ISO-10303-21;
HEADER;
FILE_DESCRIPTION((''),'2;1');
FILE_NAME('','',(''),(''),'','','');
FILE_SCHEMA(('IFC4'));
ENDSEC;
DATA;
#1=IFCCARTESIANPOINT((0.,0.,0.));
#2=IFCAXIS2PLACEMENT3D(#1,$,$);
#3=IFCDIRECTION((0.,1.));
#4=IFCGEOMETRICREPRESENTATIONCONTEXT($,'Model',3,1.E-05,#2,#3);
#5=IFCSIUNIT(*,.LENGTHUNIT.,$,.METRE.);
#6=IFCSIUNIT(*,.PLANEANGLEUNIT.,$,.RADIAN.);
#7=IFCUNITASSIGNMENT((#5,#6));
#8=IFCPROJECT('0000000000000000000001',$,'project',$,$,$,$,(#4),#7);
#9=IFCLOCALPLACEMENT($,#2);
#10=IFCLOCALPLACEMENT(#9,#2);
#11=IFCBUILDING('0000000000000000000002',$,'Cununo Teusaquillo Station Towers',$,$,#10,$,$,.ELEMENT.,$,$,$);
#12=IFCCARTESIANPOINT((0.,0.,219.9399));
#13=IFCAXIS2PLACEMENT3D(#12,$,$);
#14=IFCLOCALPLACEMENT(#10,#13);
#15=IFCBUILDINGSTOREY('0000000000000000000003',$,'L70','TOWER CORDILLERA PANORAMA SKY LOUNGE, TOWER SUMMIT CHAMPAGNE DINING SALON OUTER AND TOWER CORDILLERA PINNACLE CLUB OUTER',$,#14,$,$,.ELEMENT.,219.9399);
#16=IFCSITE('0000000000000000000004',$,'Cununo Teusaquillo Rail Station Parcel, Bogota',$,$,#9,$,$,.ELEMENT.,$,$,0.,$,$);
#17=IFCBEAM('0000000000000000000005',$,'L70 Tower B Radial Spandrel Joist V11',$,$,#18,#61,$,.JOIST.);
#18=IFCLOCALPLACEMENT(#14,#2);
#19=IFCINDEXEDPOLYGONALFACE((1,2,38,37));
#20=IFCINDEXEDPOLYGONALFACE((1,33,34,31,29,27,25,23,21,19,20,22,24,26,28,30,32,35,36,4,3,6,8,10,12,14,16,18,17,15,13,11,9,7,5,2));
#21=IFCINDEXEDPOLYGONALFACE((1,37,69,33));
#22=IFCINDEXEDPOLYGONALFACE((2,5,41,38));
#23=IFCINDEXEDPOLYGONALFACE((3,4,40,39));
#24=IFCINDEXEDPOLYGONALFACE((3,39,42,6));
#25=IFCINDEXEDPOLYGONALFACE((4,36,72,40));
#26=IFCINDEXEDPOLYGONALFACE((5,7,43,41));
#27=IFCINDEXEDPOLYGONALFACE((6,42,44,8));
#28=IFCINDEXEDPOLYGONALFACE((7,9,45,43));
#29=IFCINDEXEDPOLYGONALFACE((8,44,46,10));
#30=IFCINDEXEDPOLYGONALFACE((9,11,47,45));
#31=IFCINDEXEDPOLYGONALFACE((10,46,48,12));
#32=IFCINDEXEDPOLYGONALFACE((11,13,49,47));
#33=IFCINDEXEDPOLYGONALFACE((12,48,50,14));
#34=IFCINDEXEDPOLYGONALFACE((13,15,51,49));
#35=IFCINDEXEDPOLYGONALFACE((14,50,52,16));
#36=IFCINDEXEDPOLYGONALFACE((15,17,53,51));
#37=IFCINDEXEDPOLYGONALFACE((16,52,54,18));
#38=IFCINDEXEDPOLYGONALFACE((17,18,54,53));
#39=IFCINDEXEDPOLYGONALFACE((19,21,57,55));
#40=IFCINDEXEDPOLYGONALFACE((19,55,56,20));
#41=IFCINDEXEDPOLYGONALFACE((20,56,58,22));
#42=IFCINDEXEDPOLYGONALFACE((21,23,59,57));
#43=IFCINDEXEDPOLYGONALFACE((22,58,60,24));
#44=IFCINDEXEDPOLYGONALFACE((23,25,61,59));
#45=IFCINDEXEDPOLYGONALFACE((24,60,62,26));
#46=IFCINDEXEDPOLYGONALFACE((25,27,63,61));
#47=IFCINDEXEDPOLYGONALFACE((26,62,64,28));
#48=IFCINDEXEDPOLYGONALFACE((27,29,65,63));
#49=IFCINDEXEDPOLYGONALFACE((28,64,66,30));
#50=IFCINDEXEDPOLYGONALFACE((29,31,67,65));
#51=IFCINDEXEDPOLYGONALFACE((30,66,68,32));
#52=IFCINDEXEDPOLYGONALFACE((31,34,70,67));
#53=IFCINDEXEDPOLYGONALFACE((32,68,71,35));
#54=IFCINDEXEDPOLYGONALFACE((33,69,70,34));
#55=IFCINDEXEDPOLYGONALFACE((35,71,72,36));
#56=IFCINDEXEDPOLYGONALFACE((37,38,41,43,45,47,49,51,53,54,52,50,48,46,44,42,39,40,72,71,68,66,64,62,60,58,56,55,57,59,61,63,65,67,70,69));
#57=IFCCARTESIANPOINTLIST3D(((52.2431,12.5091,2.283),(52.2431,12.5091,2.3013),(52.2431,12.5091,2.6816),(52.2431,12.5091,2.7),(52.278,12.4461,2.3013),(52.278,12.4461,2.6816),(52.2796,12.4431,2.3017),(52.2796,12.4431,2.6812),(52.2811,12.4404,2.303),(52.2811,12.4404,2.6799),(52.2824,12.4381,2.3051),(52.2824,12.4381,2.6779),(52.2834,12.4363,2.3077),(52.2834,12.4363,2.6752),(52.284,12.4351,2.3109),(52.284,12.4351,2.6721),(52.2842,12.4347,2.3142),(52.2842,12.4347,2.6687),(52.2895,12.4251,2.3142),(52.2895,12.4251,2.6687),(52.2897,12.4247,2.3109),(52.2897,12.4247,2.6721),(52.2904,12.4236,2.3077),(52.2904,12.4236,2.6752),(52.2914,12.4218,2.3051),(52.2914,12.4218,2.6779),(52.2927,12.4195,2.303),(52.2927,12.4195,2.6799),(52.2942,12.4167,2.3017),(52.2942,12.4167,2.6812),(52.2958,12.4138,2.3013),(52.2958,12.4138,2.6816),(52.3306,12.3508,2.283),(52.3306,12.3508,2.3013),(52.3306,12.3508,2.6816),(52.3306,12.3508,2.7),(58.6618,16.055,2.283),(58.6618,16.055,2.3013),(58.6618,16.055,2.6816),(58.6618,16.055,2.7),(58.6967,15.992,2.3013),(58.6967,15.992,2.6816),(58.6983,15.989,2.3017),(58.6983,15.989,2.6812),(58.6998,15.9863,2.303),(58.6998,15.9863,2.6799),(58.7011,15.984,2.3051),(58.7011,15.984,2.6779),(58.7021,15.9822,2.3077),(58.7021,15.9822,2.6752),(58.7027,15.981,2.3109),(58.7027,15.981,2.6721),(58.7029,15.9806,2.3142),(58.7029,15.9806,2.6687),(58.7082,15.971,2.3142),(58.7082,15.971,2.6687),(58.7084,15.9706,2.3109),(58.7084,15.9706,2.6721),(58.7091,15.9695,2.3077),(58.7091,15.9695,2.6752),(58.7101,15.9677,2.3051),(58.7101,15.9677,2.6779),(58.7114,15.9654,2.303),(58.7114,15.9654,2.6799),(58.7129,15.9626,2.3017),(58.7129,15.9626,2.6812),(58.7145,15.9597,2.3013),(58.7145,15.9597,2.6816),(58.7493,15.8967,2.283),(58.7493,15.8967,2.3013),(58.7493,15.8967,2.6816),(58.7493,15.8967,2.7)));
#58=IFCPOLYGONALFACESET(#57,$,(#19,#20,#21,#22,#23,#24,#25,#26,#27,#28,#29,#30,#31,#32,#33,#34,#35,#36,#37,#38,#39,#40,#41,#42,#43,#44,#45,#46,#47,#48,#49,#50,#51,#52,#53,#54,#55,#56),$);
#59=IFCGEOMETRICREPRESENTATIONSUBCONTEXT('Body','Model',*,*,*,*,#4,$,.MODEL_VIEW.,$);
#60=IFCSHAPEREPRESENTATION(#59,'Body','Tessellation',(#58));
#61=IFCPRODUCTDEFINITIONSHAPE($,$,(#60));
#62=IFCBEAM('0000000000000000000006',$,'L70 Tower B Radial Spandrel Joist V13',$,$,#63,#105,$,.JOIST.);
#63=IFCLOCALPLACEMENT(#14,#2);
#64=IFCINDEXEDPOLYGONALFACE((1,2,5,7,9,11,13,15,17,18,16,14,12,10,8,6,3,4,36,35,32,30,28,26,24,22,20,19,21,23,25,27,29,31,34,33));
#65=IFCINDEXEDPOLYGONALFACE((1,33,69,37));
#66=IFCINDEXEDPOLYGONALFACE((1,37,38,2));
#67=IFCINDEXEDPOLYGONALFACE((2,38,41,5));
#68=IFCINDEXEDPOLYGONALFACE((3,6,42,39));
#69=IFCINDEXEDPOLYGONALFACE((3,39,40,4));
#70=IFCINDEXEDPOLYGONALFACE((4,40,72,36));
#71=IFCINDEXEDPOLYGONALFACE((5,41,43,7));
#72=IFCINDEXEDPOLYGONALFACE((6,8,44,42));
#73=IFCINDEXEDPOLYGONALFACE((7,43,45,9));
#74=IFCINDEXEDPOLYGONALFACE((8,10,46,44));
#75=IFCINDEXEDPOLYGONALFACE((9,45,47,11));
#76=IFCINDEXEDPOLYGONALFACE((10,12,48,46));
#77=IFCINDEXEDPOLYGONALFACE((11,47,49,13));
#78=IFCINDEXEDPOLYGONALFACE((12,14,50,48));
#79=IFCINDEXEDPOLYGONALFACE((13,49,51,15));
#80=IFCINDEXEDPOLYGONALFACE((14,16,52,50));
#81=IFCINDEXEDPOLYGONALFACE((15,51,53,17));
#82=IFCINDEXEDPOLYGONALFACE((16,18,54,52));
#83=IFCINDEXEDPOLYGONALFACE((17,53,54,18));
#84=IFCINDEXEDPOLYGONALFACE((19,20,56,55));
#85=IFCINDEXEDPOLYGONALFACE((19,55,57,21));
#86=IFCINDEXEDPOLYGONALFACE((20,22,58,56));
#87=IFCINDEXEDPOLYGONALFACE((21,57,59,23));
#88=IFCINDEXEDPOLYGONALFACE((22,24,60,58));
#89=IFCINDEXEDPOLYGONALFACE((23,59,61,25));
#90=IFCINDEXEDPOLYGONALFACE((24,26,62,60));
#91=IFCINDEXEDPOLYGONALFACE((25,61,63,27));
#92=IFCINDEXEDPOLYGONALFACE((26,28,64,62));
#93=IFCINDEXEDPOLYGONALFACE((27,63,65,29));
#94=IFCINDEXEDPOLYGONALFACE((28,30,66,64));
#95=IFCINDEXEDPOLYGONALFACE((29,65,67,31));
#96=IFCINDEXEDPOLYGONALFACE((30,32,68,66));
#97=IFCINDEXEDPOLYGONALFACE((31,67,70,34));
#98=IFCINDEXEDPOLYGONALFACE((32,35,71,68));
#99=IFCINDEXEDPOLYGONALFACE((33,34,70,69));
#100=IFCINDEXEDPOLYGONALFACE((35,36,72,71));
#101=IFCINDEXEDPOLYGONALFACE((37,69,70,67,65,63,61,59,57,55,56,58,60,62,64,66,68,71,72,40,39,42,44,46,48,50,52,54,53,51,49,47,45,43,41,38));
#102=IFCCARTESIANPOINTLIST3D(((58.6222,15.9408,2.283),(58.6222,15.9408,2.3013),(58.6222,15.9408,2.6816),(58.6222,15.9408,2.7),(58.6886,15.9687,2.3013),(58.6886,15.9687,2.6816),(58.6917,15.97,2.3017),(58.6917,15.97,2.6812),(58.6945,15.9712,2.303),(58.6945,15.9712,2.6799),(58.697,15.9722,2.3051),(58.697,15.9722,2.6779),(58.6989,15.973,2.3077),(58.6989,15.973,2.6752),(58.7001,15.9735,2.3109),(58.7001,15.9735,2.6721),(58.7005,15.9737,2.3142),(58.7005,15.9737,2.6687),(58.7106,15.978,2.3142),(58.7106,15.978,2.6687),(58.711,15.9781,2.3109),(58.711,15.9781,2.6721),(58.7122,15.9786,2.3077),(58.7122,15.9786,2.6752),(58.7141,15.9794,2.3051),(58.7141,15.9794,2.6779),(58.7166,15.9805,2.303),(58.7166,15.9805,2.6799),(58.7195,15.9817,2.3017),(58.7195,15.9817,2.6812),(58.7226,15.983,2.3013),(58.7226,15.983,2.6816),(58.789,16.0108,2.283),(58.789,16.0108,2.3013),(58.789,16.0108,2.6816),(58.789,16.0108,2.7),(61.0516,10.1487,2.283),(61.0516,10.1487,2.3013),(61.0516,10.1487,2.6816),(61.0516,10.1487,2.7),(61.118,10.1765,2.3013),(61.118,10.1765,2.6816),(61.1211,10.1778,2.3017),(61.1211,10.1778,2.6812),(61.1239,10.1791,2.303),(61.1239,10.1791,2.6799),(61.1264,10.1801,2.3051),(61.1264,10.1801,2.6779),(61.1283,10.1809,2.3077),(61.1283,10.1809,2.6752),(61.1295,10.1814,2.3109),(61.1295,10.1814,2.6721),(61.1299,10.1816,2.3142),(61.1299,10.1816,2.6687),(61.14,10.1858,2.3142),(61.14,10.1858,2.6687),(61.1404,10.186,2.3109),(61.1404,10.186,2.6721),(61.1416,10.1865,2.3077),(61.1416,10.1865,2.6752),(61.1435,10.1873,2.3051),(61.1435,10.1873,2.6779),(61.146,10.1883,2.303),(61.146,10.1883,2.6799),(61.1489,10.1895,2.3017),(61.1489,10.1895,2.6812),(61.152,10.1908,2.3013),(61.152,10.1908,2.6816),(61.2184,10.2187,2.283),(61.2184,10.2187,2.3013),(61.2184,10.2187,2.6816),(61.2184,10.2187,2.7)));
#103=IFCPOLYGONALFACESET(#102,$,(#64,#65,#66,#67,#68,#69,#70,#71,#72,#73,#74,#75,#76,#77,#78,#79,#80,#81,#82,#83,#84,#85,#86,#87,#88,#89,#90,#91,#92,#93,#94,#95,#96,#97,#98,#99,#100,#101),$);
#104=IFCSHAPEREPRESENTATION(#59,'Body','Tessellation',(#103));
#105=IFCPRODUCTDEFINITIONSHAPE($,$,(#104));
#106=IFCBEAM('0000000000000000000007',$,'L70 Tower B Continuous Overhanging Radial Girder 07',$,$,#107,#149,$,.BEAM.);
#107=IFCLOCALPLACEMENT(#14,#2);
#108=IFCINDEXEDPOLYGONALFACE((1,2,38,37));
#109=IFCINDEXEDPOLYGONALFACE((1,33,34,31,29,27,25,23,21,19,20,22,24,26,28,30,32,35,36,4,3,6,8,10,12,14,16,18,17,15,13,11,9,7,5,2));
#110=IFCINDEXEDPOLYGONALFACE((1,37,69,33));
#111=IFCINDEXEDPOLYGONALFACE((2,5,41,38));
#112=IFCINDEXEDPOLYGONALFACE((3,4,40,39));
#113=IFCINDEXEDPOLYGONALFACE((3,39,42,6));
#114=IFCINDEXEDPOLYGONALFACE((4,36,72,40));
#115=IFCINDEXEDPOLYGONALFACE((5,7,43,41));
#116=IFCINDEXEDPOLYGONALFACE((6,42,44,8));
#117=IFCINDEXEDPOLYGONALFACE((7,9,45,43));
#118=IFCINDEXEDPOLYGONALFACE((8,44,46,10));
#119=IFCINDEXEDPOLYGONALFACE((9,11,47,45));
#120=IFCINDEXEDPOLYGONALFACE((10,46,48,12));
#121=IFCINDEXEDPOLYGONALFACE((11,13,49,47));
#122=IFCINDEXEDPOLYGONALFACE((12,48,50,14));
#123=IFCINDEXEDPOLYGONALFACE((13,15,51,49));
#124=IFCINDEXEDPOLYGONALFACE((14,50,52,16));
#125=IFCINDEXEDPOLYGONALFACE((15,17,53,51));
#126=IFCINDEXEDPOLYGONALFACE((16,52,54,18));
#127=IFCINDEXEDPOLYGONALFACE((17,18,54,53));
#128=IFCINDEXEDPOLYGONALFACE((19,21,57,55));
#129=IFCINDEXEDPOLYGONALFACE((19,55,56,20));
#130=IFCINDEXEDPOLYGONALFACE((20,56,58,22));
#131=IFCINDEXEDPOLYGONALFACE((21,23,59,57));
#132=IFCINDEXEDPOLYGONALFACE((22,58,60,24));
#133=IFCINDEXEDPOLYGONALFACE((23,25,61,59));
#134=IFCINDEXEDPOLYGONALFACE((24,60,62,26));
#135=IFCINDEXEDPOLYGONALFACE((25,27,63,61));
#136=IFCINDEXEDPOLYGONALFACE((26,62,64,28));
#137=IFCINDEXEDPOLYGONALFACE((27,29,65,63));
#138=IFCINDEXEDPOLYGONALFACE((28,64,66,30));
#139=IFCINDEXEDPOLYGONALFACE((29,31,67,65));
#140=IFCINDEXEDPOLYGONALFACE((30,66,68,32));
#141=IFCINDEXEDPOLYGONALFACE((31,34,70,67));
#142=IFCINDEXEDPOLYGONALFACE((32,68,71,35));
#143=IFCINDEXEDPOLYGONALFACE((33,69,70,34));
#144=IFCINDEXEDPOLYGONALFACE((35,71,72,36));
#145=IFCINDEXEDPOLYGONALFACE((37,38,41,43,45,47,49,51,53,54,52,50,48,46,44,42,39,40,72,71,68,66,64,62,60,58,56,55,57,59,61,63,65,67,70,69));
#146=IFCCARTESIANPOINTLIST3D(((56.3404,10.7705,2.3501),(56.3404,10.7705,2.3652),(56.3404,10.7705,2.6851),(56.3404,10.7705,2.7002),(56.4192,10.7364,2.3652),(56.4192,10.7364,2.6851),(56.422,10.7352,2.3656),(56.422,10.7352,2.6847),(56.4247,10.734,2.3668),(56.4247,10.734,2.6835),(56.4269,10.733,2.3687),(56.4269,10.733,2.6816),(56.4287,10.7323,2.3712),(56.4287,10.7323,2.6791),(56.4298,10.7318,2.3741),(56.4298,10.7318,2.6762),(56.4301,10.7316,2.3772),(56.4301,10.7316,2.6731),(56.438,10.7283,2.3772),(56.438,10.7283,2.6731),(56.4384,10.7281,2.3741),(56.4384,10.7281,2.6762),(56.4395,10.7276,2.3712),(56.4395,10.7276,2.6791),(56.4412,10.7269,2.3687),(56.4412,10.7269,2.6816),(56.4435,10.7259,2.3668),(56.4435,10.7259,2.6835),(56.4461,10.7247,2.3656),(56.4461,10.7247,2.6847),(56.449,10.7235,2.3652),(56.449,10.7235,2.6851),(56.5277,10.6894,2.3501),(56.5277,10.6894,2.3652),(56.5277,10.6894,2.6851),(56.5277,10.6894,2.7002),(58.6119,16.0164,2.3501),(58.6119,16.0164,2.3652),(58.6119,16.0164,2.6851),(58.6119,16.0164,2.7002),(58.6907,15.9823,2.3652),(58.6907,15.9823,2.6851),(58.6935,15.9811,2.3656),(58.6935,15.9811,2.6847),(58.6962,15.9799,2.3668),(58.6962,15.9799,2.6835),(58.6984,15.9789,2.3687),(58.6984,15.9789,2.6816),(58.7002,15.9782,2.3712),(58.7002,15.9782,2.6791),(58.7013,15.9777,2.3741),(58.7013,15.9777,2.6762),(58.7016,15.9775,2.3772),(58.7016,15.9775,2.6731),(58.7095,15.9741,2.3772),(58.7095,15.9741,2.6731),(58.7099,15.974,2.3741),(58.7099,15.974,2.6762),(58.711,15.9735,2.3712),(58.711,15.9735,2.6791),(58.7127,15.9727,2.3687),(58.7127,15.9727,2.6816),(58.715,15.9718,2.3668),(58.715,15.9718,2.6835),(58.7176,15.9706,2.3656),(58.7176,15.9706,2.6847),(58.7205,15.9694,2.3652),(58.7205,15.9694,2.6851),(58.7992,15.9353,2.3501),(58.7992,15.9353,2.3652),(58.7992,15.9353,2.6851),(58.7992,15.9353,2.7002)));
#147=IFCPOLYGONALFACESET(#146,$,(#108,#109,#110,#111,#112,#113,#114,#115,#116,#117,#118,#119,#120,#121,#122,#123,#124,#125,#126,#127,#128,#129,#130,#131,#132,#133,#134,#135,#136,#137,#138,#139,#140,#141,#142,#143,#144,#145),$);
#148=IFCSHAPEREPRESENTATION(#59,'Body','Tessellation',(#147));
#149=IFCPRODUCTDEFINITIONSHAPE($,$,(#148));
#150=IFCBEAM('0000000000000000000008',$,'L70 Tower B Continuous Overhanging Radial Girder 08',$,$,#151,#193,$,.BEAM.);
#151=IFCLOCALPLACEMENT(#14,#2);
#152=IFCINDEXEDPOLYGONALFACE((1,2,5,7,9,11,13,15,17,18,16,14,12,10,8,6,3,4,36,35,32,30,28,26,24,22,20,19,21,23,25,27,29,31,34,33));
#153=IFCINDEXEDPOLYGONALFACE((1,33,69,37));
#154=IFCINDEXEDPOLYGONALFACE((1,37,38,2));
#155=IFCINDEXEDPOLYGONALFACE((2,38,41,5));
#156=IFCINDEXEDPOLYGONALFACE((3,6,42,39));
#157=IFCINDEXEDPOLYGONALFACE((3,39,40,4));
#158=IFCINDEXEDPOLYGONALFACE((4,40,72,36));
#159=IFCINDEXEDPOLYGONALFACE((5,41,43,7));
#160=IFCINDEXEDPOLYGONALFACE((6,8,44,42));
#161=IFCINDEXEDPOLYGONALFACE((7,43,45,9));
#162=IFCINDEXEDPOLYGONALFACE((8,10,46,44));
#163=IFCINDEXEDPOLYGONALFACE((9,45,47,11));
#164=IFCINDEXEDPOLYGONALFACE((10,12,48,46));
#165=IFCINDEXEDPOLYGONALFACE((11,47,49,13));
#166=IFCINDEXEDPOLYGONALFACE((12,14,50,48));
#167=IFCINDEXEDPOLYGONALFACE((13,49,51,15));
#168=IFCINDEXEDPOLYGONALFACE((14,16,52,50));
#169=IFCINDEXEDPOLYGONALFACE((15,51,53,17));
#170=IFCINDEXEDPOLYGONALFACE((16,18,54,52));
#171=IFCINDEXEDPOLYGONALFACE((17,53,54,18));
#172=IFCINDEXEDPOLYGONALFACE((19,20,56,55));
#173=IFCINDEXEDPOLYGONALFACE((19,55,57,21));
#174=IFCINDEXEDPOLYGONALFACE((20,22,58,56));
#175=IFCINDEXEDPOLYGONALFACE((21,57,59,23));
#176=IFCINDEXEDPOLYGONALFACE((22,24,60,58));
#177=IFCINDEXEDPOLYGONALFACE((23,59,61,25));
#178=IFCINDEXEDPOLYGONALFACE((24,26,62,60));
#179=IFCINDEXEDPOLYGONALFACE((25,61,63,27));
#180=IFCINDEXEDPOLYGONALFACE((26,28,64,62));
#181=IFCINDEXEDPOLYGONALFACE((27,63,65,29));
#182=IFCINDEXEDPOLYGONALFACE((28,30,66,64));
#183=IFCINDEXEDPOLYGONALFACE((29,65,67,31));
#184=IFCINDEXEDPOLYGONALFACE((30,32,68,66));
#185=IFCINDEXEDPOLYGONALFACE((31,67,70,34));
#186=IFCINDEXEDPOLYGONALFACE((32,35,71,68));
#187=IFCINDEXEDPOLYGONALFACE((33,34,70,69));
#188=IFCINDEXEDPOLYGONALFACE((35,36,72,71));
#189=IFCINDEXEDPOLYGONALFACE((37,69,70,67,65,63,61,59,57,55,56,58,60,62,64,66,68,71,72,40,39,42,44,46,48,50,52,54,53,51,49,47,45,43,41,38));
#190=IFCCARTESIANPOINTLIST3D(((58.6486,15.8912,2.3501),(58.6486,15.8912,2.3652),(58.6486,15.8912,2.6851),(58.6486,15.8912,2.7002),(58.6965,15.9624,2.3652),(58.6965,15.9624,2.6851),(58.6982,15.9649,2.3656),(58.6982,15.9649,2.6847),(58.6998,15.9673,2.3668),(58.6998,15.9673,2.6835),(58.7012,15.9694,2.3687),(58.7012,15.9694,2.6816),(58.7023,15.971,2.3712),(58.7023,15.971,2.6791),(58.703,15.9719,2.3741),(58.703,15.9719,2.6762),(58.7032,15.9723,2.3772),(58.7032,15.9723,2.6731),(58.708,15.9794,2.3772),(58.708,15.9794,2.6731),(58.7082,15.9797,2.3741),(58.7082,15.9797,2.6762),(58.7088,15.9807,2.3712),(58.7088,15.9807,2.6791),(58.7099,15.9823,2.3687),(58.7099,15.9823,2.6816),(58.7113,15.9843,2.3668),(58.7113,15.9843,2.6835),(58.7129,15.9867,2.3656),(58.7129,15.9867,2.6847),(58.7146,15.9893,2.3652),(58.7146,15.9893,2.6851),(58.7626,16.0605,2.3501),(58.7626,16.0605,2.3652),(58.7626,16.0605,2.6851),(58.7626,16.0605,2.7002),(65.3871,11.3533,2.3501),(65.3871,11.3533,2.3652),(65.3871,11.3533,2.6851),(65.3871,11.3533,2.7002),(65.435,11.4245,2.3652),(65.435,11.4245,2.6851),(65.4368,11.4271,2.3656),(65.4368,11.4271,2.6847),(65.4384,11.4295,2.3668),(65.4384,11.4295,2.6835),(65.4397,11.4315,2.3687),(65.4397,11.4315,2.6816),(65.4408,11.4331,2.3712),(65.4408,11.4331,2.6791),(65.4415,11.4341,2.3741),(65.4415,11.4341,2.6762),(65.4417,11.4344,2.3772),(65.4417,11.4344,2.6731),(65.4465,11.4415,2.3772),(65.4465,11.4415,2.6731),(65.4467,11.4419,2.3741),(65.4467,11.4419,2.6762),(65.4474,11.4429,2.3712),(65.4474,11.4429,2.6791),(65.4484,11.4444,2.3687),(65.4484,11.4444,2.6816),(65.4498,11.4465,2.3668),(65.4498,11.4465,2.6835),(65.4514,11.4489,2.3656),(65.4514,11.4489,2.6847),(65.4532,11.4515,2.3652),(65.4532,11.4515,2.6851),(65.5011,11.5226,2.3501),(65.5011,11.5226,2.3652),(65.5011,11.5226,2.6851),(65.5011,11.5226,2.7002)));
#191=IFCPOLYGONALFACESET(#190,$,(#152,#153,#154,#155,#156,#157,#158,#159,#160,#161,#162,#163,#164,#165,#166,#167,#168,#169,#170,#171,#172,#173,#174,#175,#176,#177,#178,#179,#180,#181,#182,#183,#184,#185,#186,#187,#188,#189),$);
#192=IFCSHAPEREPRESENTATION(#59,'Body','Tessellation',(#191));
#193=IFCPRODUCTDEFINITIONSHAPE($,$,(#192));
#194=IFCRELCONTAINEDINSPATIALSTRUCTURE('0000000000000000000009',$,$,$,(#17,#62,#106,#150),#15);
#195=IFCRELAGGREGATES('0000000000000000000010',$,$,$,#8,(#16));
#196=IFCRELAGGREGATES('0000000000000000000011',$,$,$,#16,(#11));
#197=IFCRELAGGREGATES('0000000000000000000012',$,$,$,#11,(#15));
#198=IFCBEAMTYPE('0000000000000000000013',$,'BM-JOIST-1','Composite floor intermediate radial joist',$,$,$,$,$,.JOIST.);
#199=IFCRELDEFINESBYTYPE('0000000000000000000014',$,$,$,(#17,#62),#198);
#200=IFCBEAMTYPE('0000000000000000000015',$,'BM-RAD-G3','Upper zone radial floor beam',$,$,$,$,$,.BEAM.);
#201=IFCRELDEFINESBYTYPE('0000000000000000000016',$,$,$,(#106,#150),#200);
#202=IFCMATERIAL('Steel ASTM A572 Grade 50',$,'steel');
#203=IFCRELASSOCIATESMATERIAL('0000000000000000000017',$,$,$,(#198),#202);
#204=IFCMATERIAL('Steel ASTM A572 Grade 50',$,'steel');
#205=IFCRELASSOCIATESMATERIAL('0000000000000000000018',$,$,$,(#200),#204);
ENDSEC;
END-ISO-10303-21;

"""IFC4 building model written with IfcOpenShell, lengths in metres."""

from ifc_helpers import new_model, si_unit, direction, frame, origin, origin_2d, place, context, subcontext, project, spatial, i_section, extrude, material, material_profile, profile_set, type_object, element, save


model = new_model("IFC4")

# Units and contexts
model_context = context("Model", 3, precision=1e-05, world=origin(), true_north=direction((0.0, 1.0)))
body_context = subcontext(model_context, "Body", "Model", "MODEL_VIEW")
ifc_project = project(units=[si_unit("LENGTHUNIT", "METRE"), si_unit("PLANEANGLEUNIT", "RADIAN")], contexts=[model_context])

# Site, building, storey
site_placement = place(None, origin())
site = spatial("IfcSite", under=ifc_project, at=site_placement, Name="Cununo Teusaquillo Rail Station Parcel, Bogota", CompositionType="ELEMENT", RefElevation=0.0)
building_placement = place(site_placement, origin())
building = spatial("IfcBuilding", under=site, at=building_placement, Name="Cununo Teusaquillo Station Towers", CompositionType="ELEMENT")
storey_placement = place(building_placement, frame((0.0, 0.0, 219.9399)))
storey = spatial("IfcBuildingStorey", under=building, at=storey_placement, Name="L70", Description="TOWER CORDILLERA PANORAMA SKY LOUNGE, TOWER SUMMIT CHAMPAGNE DINING SALON OUTER AND TOWER CORDILLERA PINNACLE CLUB OUTER", CompositionType="ELEMENT", Elevation=219.9399)

# Beams
ifc_material_1 = material(Name="Steel ASTM A572 Grade 50", Category="steel")
ifc_material_profile_1 = material_profile(ifc_material_1, i_section(OverallWidth=0.1809, OverallDepth=0.417, WebThickness=0.011, FlangeThickness=0.0183, FilletRadius=0.0129, at=origin_2d()), Name="W16X57")
ifc_profile_set_1 = profile_set([ifc_material_profile_1], Name="Steel ASTM A572 Grade 50")
beam_type_1 = type_object("IfcBeamType", Name="BM-JOIST-1", Description="Composite floor intermediate radial joist", PredefinedType="JOIST", material=ifc_profile_set_1)
beam_1_placement = place(storey_placement, frame((58.7056, 15.9758, 2.4915), z_axis=(-0.875315, -0.483553, 0.0), x_axis=(0.483553, -0.875315, 0.0)))
element("IfcBeam", 1, at=beam_1_placement, inside=storey, type_object=beam_type_1, Name="L70 Tower B Radial Spandrel Joist V11", PredefinedType="JOIST", context=body_context, shape_type="SweptSolid", body=[
    extrude(i_section(OverallWidth=0.1809, OverallDepth=0.417, WebThickness=0.011, FlangeThickness=0.0183, FilletRadius=0.0129, at=origin_2d()), origin(), (0.0, 0.0, 1.0), 7.333),
])
beam_2_placement = place(storey_placement, frame((58.7056, 15.9758, 2.4915), z_axis=(0.386786, -0.922169, 0.0), x_axis=(0.922169, 0.386786, 0.0)))
element("IfcBeam", 2, at=beam_2_placement, inside=storey, type_object=beam_type_1, Name="L70 Tower B Radial Spandrel Joist V13", PredefinedType="JOIST", context=body_context, shape_type="SweptSolid", body=[
    extrude(i_section(OverallWidth=0.1809, OverallDepth=0.417, WebThickness=0.011, FlangeThickness=0.0183, FilletRadius=0.0129, at=origin_2d()), origin(), (0.0, 0.0, 1.0), 6.281),
])
ifc_material_2 = material(Name="Steel ASTM A572 Grade 50", Category="steel")
ifc_material_profile_2 = material_profile(ifc_material_2, i_section(OverallWidth=0.2041, OverallDepth=0.3501, WebThickness=0.0085, FlangeThickness=0.0151, FilletRadius=0.012, at=origin_2d()), Name="W14X48")
ifc_profile_set_2 = profile_set([ifc_material_profile_2], Name="Steel ASTM A572 Grade 50")
beam_type_2 = type_object("IfcBeamType", Name="BM-RAD-G3", Description="Upper zone radial floor beam", PredefinedType="BEAM", material=ifc_profile_set_2)
beam_3_placement = place(storey_placement, frame((58.7056, 15.9758, 2.5251), z_axis=(-0.397355, -0.917665, 0.0), x_axis=(0.917665, -0.397355, 0.0)))
element("IfcBeam", 3, at=beam_3_placement, inside=storey, type_object=beam_type_2, Name="L70 Tower B Continuous Overhanging Radial Girder 07", PredefinedType="BEAM", context=body_context, shape_type="SweptSolid", body=[
    extrude(i_section(OverallWidth=0.2041, OverallDepth=0.3501, WebThickness=0.0085, FlangeThickness=0.0151, FilletRadius=0.012, at=origin_2d()), origin(), (0.0, 0.0, 1.0), 5.7166),
])
beam_4_placement = place(storey_placement, frame((58.7056, 15.9758, 2.5251), z_axis=(0.829457, -0.558571, 0.0), x_axis=(0.558571, 0.829457, 0.0)))
element("IfcBeam", 4, at=beam_4_placement, inside=storey, type_object=beam_type_2, Name="L70 Tower B Continuous Overhanging Radial Girder 08", PredefinedType="BEAM", context=body_context, shape_type="SweptSolid", body=[
    extrude(i_section(OverallWidth=0.2041, OverallDepth=0.3501, WebThickness=0.0085, FlangeThickness=0.0151, FilletRadius=0.012, at=origin_2d()), origin(), (0.0, 0.0, 1.0), 8.124),
])

save(model, "model.ifc")
